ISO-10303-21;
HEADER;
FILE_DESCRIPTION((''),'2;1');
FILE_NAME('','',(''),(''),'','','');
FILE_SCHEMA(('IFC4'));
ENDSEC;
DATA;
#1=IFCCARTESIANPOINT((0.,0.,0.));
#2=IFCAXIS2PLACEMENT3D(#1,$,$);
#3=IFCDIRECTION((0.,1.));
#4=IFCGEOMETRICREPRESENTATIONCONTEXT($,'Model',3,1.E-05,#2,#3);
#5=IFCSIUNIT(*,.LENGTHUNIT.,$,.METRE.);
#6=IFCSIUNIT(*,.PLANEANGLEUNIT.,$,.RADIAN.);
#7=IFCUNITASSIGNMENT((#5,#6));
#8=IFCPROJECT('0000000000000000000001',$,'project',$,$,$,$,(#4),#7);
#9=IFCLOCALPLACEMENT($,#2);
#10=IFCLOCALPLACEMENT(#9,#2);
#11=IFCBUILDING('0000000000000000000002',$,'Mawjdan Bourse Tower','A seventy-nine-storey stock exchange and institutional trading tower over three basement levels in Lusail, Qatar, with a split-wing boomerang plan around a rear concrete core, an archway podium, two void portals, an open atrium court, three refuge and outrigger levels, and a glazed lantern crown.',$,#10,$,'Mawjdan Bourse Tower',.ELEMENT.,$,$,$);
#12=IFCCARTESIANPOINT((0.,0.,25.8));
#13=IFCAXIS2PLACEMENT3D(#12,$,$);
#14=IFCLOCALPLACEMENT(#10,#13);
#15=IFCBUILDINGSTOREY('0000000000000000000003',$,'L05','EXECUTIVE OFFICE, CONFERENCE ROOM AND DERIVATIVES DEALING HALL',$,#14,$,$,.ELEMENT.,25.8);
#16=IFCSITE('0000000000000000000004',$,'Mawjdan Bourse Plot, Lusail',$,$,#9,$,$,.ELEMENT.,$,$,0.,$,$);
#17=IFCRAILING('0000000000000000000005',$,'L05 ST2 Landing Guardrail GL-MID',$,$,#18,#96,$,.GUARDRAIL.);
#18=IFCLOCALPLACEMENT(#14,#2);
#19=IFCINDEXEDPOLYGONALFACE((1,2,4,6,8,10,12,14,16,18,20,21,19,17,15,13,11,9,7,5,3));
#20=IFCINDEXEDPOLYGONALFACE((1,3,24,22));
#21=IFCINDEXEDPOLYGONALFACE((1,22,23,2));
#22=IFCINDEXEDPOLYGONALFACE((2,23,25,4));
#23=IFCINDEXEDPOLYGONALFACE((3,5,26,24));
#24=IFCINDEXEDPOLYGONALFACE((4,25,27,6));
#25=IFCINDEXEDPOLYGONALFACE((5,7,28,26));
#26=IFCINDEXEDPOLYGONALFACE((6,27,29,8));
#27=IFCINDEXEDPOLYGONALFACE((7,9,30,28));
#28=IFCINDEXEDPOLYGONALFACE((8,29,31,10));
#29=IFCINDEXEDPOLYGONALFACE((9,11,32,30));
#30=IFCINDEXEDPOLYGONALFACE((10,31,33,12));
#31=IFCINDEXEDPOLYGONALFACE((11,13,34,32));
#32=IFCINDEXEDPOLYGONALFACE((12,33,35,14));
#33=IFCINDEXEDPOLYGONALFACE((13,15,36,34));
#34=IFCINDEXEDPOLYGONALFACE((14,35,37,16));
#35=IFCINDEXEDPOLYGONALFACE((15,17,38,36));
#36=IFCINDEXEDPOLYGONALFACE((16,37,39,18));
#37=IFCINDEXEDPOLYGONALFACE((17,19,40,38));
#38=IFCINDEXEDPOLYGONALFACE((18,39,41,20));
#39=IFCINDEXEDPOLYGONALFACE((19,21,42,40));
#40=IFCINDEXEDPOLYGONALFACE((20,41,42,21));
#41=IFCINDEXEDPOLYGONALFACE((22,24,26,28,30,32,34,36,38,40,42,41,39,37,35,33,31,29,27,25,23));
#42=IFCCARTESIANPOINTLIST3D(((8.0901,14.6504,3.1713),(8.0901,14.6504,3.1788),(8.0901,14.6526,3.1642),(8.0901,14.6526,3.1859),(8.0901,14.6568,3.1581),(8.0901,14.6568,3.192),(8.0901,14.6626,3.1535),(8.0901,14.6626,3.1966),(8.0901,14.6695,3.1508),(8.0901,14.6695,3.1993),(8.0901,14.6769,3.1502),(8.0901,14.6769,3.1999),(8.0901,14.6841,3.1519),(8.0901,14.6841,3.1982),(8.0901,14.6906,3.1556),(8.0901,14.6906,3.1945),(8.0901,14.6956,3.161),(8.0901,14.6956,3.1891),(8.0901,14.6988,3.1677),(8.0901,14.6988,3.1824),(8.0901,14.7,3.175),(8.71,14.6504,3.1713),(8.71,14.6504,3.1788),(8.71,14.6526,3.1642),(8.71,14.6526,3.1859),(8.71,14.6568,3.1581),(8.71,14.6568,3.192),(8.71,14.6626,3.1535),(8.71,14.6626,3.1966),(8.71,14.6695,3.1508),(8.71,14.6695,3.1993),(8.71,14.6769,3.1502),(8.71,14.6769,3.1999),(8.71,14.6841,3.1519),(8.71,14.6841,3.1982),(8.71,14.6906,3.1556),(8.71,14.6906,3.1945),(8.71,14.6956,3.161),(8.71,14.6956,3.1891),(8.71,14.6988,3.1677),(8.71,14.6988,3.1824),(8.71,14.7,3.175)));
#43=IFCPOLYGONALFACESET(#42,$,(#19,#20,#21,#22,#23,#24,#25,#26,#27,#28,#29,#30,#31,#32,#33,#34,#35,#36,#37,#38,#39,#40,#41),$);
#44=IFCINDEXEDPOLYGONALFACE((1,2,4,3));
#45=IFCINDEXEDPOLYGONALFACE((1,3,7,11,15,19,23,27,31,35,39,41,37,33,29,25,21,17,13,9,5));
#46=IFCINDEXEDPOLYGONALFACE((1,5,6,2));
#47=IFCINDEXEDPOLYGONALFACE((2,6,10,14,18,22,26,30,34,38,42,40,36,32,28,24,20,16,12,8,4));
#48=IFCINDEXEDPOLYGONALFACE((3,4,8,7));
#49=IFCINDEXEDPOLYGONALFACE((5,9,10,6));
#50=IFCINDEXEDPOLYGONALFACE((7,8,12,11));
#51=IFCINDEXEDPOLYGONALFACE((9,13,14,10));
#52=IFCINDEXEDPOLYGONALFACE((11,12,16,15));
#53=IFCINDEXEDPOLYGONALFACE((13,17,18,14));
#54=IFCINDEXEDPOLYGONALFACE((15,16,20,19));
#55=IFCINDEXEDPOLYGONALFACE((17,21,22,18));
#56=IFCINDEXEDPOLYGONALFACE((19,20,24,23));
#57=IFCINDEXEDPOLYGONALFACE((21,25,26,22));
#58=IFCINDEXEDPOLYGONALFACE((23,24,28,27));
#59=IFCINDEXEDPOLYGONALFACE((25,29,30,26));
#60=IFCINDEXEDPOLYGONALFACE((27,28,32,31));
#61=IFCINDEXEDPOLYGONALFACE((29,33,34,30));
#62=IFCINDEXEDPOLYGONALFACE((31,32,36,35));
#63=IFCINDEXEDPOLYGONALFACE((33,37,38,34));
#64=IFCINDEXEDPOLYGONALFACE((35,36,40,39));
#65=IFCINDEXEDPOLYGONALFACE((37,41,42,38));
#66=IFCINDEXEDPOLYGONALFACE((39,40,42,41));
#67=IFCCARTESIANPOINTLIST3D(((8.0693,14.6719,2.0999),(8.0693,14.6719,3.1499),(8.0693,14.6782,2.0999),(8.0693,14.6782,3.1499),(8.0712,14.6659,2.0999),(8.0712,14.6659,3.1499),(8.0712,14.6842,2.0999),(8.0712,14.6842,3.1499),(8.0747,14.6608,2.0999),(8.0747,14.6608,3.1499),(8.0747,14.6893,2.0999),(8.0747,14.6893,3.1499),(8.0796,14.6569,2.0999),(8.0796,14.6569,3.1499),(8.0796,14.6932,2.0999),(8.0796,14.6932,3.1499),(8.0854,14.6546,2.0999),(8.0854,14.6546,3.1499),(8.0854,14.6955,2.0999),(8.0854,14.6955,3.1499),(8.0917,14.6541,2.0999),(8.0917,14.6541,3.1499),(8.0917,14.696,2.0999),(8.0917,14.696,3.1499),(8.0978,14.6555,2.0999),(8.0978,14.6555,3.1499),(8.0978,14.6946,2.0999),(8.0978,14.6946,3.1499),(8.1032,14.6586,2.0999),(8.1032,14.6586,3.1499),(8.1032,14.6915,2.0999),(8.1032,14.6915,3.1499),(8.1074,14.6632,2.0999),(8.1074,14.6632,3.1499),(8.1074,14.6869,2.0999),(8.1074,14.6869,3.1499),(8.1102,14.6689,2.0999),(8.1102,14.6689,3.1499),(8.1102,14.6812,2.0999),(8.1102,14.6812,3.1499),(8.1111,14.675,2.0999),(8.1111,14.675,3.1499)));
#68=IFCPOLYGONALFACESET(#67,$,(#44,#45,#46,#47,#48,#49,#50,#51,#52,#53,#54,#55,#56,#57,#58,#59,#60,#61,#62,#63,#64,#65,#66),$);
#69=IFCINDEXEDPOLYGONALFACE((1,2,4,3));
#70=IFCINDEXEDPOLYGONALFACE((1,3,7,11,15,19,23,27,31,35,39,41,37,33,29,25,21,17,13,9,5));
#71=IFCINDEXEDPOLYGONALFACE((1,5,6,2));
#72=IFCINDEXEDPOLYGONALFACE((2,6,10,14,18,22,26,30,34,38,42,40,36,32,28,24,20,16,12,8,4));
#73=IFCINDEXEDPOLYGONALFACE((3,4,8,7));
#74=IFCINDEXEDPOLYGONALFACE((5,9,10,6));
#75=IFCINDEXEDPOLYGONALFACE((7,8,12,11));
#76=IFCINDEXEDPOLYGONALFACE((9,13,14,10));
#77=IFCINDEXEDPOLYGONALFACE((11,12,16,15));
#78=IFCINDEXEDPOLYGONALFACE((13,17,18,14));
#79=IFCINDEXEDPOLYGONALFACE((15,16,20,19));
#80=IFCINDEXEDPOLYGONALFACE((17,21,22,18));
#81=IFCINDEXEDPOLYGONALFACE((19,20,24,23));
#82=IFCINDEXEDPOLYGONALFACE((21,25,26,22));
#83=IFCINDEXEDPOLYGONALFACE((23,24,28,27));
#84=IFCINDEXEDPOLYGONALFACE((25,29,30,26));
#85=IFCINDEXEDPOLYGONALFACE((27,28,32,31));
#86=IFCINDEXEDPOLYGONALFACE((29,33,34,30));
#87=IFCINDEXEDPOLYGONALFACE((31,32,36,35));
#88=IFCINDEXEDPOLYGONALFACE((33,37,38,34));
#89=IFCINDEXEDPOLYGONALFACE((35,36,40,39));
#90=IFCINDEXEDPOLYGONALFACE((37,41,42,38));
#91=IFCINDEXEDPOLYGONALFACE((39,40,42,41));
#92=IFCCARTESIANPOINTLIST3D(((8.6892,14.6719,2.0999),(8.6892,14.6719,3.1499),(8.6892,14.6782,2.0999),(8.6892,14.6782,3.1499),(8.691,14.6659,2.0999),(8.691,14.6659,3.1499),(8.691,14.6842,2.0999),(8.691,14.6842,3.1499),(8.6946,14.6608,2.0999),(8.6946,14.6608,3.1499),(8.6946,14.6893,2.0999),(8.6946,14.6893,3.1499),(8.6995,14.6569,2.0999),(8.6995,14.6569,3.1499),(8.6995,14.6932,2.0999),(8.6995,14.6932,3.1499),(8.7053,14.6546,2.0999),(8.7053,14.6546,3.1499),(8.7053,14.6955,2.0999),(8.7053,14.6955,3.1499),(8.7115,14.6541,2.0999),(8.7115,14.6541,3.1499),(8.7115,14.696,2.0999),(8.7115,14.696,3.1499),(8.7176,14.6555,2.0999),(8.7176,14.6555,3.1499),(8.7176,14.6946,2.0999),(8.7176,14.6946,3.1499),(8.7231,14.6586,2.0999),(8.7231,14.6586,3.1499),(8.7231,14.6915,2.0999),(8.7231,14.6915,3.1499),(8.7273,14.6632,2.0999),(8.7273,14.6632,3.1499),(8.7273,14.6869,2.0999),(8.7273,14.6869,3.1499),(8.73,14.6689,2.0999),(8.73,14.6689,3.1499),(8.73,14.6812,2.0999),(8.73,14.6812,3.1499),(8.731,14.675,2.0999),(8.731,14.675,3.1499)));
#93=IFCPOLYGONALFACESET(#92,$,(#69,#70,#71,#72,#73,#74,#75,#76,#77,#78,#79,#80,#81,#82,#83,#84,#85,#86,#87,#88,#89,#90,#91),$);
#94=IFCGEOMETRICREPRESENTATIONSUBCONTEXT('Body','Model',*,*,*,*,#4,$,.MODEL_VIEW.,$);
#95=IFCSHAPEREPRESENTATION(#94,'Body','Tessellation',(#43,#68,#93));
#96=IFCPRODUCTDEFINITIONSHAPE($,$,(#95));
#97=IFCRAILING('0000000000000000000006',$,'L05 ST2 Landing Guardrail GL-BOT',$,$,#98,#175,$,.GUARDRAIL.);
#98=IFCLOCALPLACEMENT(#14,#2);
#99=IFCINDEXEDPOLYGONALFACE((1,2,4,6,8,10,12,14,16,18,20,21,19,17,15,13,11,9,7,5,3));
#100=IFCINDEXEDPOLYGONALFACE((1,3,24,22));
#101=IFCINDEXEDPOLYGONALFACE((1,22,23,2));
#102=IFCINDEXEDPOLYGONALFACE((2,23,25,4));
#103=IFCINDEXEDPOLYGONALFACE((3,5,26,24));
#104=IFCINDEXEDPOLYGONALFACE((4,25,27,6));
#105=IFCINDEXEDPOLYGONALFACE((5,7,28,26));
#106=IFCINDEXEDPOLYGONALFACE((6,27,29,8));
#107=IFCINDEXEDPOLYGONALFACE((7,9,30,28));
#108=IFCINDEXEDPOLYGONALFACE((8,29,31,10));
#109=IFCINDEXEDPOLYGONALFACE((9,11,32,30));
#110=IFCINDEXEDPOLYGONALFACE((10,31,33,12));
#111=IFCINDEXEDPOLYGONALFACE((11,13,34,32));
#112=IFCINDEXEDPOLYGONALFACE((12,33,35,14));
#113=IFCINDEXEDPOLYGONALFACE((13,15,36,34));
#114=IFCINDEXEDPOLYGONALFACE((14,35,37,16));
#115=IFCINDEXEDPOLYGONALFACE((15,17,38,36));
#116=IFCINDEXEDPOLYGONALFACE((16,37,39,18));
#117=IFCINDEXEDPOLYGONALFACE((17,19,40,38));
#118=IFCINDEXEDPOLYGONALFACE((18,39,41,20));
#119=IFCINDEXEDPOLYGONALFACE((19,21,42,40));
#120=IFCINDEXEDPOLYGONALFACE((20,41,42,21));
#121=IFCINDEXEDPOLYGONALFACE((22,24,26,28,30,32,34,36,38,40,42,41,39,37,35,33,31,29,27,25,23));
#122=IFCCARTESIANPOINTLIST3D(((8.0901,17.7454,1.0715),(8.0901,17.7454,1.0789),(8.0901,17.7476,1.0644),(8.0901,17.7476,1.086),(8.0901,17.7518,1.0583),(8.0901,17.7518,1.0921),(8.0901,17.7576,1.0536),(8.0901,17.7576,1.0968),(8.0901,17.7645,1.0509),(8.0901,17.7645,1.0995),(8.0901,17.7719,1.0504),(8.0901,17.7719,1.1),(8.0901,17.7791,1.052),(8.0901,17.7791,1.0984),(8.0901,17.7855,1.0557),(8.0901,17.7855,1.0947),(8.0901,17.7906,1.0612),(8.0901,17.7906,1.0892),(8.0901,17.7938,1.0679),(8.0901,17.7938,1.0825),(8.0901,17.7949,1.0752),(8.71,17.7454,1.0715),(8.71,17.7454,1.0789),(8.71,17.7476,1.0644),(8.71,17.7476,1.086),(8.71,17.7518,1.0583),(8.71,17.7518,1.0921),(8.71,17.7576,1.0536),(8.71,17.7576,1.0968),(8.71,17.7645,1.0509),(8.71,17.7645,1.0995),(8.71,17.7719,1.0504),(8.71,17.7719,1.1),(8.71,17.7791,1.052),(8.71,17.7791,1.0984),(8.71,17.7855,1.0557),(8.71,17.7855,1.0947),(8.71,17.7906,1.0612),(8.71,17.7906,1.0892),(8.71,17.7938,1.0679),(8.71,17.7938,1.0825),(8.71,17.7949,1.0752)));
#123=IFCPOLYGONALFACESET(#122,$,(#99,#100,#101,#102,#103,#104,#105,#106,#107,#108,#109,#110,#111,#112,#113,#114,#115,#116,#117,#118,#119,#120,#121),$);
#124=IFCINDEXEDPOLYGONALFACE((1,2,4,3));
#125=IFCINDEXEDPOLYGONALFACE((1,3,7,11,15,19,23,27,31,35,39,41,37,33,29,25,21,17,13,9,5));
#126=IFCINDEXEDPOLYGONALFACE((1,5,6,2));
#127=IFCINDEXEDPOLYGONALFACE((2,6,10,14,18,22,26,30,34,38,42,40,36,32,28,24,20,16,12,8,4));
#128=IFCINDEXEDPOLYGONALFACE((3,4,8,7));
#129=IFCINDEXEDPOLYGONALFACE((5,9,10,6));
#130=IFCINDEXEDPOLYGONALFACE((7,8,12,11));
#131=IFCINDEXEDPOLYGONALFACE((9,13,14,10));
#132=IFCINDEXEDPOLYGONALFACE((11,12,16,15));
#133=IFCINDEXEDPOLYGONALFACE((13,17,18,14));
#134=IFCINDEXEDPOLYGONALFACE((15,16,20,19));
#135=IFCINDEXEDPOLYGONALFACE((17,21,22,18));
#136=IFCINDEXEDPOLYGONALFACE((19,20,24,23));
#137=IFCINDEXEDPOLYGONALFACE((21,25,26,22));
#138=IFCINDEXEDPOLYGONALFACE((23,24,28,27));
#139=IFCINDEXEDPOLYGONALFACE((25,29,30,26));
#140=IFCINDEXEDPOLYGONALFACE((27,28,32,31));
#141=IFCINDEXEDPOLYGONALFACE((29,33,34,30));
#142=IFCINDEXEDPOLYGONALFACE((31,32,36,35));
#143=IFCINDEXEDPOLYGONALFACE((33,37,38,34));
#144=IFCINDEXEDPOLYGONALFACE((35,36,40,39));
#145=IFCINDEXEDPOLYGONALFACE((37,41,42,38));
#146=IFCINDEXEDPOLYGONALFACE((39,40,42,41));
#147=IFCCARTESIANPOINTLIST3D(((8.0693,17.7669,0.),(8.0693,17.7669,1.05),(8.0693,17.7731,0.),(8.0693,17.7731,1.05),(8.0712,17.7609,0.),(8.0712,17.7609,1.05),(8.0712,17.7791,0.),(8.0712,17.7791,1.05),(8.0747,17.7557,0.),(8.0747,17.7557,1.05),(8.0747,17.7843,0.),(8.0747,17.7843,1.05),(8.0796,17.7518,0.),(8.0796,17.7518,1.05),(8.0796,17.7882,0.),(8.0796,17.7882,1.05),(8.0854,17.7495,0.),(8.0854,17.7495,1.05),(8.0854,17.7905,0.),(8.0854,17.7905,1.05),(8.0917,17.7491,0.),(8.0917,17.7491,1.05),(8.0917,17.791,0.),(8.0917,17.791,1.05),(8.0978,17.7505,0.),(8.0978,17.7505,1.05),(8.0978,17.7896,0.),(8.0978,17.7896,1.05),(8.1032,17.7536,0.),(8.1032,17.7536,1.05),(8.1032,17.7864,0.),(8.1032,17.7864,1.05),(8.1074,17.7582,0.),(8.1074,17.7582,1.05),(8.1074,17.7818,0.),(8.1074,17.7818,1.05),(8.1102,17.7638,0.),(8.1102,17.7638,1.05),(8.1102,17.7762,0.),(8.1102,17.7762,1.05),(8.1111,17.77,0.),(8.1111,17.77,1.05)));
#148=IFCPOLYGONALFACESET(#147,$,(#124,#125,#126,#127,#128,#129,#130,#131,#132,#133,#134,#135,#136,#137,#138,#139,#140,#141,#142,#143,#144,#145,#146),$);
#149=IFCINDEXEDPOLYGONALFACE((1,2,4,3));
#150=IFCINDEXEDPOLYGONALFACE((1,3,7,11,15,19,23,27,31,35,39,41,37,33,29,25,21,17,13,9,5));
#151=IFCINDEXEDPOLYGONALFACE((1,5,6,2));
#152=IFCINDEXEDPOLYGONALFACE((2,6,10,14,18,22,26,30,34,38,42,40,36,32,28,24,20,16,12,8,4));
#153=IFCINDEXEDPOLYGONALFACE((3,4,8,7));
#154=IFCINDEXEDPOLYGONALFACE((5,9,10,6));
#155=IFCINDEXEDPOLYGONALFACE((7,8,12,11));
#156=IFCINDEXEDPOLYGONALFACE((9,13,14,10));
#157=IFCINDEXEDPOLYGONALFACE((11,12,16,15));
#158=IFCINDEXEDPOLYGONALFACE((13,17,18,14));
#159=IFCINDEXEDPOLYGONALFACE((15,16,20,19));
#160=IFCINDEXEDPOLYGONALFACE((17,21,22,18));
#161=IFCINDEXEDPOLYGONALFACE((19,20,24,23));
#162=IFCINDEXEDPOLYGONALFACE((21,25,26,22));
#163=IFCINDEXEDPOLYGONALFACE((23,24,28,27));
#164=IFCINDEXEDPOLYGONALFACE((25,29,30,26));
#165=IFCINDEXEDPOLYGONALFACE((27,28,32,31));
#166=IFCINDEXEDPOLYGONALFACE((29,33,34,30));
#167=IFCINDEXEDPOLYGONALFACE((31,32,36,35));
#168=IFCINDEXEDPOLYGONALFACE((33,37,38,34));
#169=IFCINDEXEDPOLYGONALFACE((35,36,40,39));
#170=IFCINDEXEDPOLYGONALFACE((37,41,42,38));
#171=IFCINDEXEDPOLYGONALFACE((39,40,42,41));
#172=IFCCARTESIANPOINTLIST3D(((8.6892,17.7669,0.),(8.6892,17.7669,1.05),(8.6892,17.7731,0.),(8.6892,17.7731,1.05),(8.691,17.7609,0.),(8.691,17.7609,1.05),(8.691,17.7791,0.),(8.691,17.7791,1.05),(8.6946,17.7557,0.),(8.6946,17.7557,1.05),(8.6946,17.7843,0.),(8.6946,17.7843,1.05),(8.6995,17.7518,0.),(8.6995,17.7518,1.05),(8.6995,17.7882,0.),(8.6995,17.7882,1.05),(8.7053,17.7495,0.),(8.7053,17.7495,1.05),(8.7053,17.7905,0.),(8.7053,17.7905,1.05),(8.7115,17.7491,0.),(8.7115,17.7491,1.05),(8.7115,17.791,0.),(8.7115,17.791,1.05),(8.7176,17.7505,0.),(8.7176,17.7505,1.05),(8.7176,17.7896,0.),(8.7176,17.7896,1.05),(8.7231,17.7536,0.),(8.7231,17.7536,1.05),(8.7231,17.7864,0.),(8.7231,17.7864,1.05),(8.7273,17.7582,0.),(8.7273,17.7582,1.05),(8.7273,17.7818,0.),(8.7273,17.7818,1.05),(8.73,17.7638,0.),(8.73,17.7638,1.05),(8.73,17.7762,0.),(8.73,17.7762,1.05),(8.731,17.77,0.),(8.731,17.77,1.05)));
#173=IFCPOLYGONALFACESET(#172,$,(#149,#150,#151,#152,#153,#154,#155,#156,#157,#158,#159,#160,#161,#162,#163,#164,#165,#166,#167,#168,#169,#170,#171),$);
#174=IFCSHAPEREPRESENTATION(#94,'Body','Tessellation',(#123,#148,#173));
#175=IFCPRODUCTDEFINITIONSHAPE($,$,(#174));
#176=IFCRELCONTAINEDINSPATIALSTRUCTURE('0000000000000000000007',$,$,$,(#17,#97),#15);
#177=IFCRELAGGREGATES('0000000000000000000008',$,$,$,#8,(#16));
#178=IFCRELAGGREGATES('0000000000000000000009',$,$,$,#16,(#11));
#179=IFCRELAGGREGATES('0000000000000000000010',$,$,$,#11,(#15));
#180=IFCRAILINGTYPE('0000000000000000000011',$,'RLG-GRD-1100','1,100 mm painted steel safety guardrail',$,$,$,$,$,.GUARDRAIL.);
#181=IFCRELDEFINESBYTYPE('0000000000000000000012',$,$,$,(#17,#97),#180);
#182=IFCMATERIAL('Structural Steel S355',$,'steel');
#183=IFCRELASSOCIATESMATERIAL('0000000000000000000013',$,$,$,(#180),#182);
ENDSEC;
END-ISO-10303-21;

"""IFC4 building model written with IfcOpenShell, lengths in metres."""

from ifc_helpers import new_model, si_unit, direction, frame, origin, origin_2d, place, context, subcontext, project, spatial, circle, extrude, material, type_object, element, save


model = new_model("IFC4")

# Units and contexts
model_context = context("Model", 3, precision=1e-05, world=origin(), true_north=direction((0.0, 1.0)))
body_context = subcontext(model_context, "Body", "Model", "MODEL_VIEW")
ifc_project = project(units=[si_unit("LENGTHUNIT", "METRE"), si_unit("PLANEANGLEUNIT", "RADIAN")], contexts=[model_context])

# Site, building, storey
site_placement = place(None, origin())
site = spatial("IfcSite", under=ifc_project, at=site_placement, Name="Mawjdan Bourse Plot, Lusail", CompositionType="ELEMENT", RefElevation=0.0)
building_placement = place(site_placement, origin())
building = spatial("IfcBuilding", under=site, at=building_placement, Name="Mawjdan Bourse Tower", Description="A seventy-nine-storey stock exchange and institutional trading tower over three basement levels in Lusail, Qatar, with a split-wing boomerang plan around a rear concrete core, an archway podium, two void portals, an open atrium court, three refuge and outrigger levels, and a glazed lantern crown.", LongName="Mawjdan Bourse Tower", CompositionType="ELEMENT")
storey_placement = place(building_placement, frame((0.0, 0.0, 25.8)))
storey = spatial("IfcBuildingStorey", under=building, at=storey_placement, Name="L05", Description="EXECUTIVE OFFICE, CONFERENCE ROOM AND DERIVATIVES DEALING HALL", CompositionType="ELEMENT", Elevation=25.8)

# Shared definitions
ifc_material_1 = material(Name="Structural Steel S355", Category="steel")

# Railings
railing_type_1 = type_object("IfcRailingType", Name="RLG-GRD-1100", Description="1,100 mm painted steel safety guardrail", PredefinedType="GUARDRAIL", material=ifc_material_1)
for number, where, name in (
    (1, (8.0901, 14.675, 2.0999), "L05 ST2 Landing Guardrail GL-MID"),
    (2, (8.0901, 17.77, 0.0), "L05 ST2 Landing Guardrail GL-BOT"),
):
    element("IfcRailing", number, at=place(storey_placement, frame(where)), inside=storey, type_object=railing_type_1, Name=name, PredefinedType="GUARDRAIL", context=body_context, shape_type="SweptSolid", body=[
        extrude(circle(Radius=0.0249, at=origin_2d()), frame((0.0, 0.0, 1.0752), z_axis=(1.0, 0.0, 0.0), x_axis=(0.0, 1.0, 0.0)), (0.0, 0.0, 1.0), 0.6199),
        extrude(circle(Radius=0.021, at=origin_2d()), origin(), (0.0, 0.0, 1.0), 1.05),
        extrude(circle(Radius=0.021, at=origin_2d()), frame((0.6199, 0.0, 0.0)), (0.0, 0.0, 1.0), 1.05),
    ])

save(model, "model.ifc")
